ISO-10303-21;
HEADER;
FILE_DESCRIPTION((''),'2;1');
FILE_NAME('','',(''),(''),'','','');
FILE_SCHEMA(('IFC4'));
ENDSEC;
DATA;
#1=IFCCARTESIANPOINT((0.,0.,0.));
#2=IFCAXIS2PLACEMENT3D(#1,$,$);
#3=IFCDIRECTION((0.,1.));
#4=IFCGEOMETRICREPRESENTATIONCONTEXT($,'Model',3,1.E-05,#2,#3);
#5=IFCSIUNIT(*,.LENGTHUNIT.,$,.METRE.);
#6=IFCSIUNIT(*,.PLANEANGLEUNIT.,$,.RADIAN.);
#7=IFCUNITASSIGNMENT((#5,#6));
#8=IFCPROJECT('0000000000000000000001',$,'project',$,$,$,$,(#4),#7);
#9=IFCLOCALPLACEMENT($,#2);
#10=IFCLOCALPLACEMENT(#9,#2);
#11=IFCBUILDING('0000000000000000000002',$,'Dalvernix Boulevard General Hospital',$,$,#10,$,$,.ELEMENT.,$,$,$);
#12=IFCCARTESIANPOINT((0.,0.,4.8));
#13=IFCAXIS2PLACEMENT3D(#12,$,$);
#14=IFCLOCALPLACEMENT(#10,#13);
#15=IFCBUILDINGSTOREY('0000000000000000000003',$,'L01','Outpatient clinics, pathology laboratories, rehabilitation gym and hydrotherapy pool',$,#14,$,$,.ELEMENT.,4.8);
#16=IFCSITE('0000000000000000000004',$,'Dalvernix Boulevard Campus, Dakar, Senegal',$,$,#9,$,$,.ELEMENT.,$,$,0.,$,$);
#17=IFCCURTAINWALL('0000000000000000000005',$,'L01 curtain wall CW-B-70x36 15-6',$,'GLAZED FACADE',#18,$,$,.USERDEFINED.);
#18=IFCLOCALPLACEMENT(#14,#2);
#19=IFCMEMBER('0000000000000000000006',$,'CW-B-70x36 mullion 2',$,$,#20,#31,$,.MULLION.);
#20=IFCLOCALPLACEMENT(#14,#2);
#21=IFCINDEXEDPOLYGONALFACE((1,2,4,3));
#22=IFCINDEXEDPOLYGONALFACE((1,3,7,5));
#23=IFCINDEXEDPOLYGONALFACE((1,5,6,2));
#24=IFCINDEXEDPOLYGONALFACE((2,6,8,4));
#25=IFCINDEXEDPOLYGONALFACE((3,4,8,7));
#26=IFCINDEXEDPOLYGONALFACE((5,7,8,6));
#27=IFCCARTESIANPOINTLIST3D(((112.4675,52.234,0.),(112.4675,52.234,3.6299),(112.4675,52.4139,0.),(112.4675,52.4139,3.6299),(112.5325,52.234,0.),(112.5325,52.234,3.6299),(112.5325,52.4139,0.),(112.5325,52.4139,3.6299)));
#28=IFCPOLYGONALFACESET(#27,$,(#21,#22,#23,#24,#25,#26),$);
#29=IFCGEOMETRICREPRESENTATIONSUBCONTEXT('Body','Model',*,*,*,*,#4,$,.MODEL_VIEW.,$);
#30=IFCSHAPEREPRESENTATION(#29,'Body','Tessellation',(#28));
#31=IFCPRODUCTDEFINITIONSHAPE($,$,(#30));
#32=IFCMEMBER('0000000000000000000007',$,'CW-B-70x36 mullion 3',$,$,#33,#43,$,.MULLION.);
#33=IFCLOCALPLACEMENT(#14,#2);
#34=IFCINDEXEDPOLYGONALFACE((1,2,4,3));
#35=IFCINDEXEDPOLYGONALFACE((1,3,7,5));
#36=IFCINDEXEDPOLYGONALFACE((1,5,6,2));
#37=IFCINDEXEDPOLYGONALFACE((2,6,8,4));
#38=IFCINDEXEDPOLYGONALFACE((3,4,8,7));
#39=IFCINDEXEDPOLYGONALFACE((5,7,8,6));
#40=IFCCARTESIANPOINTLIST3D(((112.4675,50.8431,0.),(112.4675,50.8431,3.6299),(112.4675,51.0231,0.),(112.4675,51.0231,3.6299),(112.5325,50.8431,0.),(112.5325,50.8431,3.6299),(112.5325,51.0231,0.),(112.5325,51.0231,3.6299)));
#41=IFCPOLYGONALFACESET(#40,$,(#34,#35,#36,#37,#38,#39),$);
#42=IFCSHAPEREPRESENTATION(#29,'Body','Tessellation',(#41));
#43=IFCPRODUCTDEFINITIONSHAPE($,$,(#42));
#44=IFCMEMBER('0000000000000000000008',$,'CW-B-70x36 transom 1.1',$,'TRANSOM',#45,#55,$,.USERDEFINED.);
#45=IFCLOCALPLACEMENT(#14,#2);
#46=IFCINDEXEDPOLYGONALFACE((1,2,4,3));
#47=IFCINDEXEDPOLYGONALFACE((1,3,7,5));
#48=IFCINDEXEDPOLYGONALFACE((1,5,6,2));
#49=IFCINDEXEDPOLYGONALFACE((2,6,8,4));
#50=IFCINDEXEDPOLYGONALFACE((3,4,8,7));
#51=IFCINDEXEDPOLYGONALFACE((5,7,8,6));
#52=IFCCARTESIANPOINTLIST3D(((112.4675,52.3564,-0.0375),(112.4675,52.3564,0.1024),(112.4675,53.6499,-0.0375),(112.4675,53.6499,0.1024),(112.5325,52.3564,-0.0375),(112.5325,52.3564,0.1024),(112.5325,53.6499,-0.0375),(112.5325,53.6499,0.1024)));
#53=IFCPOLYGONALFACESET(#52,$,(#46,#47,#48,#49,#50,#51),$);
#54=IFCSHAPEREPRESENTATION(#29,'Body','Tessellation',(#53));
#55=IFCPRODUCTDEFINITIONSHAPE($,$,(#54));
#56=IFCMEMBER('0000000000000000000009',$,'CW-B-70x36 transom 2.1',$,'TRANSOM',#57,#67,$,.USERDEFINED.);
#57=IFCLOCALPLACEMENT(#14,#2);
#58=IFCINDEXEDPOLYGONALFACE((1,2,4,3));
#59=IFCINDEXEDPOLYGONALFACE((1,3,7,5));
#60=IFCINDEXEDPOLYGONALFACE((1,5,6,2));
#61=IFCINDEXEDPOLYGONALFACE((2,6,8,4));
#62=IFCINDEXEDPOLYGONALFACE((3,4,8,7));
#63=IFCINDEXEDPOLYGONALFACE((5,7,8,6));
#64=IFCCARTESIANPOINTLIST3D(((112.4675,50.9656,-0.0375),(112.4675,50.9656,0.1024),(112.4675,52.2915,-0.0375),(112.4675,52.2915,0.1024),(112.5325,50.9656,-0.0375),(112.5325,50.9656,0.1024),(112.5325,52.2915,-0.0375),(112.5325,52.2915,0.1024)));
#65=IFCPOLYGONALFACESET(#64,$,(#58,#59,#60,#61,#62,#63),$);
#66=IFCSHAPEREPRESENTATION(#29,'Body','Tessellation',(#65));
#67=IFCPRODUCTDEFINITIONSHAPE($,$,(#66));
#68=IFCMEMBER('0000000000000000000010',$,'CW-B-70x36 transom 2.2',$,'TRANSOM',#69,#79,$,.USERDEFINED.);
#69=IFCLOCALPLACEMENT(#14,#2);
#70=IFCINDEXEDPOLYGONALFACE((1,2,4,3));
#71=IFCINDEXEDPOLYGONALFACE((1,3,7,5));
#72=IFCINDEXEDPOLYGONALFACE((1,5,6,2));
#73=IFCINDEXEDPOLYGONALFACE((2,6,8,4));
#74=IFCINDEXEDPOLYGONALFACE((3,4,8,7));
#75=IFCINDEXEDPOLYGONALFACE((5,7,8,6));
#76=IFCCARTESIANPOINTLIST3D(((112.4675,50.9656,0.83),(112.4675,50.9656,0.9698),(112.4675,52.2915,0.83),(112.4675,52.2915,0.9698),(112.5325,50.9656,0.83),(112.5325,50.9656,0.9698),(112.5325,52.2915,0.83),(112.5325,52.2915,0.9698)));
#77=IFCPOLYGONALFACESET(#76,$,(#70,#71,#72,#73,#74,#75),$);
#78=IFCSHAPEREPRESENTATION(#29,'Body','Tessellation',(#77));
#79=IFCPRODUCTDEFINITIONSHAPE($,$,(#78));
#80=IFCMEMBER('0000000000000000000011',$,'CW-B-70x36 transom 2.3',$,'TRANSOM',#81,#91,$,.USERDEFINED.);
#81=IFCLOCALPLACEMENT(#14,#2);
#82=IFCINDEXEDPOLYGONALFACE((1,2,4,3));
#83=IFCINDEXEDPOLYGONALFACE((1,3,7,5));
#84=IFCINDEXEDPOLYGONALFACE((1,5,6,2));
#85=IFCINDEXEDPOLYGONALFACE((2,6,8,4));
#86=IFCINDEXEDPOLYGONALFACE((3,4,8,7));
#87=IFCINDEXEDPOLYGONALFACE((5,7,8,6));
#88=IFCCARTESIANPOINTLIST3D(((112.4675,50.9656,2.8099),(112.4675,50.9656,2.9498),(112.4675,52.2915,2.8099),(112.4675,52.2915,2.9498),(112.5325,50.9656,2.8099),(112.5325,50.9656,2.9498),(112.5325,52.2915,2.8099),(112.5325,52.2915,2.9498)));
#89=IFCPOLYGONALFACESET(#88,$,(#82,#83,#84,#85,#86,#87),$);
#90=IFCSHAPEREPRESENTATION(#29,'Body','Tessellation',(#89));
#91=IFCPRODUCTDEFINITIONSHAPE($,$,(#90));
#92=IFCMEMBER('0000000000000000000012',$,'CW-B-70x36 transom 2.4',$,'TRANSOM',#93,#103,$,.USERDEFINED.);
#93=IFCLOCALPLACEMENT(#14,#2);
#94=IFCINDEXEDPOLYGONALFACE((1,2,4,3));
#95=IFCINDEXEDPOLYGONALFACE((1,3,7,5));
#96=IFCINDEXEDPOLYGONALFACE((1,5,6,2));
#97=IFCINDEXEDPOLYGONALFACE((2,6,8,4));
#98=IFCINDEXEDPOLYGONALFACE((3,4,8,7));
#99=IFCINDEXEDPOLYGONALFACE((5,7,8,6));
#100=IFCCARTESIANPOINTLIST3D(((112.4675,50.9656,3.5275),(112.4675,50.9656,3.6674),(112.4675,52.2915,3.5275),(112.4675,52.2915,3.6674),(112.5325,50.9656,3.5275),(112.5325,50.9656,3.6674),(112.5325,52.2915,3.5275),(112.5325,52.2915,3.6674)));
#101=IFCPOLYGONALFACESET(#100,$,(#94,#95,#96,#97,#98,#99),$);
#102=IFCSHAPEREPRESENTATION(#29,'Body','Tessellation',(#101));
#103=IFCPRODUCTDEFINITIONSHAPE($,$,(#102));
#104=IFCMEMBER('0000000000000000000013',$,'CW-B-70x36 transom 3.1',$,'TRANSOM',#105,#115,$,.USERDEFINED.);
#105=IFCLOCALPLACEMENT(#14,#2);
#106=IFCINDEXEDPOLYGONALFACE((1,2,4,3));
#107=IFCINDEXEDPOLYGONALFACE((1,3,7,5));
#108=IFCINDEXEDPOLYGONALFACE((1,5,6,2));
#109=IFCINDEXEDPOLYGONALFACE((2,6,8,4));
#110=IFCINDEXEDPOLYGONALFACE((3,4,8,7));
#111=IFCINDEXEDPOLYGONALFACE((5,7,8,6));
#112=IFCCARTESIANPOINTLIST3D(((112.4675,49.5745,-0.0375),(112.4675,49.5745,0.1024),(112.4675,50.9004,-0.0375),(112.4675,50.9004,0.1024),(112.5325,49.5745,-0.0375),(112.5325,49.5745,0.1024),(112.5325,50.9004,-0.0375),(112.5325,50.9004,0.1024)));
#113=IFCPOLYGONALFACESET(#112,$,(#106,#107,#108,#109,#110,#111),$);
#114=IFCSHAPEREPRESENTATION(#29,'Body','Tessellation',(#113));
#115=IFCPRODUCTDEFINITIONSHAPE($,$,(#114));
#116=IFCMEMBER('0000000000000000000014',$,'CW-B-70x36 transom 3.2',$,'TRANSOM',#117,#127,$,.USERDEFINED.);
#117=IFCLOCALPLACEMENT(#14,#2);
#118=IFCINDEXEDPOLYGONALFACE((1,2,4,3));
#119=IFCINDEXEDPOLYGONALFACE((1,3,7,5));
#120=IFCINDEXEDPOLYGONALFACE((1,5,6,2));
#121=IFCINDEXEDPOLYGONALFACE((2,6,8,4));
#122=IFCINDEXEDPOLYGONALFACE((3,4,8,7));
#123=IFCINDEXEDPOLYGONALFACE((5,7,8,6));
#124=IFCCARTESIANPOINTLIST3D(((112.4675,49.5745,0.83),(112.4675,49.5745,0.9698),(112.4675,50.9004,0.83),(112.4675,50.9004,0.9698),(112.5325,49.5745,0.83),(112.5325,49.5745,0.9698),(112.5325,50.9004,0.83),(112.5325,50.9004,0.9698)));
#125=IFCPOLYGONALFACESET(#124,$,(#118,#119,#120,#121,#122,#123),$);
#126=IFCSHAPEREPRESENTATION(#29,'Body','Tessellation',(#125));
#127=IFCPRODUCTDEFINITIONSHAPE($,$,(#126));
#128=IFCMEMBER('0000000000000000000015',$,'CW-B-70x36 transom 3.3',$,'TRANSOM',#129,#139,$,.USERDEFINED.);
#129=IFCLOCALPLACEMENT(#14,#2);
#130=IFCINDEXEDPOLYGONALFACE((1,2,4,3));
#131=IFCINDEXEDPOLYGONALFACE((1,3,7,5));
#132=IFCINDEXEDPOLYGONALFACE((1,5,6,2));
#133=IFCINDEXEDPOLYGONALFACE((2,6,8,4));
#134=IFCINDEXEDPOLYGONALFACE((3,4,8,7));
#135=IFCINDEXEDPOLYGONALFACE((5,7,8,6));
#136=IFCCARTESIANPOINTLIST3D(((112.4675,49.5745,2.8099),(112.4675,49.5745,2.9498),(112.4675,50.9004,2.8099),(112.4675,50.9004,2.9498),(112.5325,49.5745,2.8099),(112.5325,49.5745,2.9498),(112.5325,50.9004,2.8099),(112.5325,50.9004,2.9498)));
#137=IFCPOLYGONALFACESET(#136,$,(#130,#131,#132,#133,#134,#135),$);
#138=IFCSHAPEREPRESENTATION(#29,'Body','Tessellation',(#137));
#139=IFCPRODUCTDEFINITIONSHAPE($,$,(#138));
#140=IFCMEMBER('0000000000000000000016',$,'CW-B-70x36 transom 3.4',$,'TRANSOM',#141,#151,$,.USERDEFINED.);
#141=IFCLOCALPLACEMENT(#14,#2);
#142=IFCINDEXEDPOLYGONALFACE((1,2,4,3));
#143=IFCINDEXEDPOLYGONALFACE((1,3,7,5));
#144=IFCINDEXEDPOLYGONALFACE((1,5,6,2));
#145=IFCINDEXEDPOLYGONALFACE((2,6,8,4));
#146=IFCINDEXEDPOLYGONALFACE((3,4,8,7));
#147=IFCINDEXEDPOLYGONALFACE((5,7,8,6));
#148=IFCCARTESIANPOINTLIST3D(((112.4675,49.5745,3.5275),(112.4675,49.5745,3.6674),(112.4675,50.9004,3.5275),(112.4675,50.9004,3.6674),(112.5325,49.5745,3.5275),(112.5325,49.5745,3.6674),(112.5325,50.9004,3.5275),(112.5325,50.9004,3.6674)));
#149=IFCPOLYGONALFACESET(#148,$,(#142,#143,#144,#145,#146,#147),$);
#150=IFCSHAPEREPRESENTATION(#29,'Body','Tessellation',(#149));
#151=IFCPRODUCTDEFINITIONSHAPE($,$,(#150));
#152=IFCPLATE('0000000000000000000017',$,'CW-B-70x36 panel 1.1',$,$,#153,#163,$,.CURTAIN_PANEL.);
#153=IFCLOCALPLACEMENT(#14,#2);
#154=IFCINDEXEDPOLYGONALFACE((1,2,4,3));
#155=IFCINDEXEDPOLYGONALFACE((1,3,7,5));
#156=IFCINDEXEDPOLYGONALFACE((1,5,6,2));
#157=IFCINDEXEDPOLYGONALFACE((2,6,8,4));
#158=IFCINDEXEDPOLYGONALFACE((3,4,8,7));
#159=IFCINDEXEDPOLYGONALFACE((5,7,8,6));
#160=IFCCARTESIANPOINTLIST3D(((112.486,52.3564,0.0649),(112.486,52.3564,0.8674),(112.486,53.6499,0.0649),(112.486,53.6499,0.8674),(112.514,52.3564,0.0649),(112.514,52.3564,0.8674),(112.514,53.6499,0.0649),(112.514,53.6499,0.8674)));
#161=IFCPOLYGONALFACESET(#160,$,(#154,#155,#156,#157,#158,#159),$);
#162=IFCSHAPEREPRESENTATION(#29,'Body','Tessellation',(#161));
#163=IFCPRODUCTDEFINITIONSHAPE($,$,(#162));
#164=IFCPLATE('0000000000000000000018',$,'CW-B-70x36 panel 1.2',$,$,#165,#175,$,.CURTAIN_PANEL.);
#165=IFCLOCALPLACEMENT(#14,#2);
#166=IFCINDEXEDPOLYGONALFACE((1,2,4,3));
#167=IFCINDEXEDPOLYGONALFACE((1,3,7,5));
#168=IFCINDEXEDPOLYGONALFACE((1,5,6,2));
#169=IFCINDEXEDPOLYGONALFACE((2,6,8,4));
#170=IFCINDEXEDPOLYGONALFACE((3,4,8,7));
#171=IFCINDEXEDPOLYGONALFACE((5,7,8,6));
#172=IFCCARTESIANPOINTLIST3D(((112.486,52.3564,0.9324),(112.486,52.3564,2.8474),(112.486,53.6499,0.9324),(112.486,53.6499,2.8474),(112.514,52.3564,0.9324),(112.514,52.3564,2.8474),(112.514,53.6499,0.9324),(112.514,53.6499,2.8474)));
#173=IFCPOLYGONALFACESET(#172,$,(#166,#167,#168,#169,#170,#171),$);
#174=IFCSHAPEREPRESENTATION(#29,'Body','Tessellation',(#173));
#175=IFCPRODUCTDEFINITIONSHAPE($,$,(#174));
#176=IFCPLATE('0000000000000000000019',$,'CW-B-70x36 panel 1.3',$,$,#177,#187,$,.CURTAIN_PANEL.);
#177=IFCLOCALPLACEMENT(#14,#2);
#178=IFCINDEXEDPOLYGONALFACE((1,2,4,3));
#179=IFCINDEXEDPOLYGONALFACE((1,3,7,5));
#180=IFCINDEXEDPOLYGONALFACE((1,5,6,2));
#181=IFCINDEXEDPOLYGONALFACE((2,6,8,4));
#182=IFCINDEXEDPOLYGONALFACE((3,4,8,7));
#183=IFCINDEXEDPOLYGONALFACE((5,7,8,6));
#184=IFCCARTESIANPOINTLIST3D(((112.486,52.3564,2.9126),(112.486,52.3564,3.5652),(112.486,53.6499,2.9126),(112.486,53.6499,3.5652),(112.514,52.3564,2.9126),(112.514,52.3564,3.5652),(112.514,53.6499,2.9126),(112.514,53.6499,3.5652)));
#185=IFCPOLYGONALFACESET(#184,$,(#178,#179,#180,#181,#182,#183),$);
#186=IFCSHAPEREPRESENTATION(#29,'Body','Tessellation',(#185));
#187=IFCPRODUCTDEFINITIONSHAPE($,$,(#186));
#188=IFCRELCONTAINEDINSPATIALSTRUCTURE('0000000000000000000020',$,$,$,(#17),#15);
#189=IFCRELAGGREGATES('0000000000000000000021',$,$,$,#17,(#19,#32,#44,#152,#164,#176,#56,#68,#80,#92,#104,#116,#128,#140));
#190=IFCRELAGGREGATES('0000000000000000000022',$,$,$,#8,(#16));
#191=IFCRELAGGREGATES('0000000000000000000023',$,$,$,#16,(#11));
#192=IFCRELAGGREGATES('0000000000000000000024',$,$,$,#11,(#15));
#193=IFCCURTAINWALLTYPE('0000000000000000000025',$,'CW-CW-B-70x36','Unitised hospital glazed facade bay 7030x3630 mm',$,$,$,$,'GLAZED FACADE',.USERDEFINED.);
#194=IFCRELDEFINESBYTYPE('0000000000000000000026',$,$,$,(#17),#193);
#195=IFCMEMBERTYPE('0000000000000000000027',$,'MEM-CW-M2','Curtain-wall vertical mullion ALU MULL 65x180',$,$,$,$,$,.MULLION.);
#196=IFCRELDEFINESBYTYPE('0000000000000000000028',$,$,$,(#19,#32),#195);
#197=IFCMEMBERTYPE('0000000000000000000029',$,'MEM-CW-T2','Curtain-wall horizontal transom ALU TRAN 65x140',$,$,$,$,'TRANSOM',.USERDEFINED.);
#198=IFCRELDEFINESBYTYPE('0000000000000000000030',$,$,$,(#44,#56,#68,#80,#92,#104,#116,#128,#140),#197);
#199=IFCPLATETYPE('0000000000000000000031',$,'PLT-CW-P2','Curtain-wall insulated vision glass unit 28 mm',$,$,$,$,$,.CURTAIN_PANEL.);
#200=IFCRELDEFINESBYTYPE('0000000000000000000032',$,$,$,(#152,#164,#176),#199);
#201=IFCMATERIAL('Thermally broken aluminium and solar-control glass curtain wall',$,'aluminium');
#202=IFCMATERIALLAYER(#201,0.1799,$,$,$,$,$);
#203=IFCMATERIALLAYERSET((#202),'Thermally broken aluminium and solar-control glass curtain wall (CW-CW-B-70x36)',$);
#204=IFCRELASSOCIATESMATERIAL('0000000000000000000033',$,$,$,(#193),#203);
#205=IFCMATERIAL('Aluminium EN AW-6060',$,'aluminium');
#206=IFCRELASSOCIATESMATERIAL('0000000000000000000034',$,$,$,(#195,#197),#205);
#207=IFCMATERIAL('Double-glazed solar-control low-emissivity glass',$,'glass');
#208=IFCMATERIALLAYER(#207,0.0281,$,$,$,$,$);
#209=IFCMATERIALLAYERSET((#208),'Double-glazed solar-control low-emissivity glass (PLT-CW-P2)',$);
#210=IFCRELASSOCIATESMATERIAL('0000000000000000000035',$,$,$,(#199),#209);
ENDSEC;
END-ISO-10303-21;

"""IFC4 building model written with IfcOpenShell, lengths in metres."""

from ifc_helpers import new_model, si_unit, direction, frame, origin, origin_2d, place, context, subcontext, project, spatial, rectangle, extrude, material, layer, layer_set, material_profile, profile_set, type_object, element, aggregate, save


model = new_model("IFC4")

# Units and contexts
model_context = context("Model", 3, precision=1e-05, world=origin(), true_north=direction((0.0, 1.0)))
body_context = subcontext(model_context, "Body", "Model", "MODEL_VIEW")
ifc_project = project(units=[si_unit("LENGTHUNIT", "METRE"), si_unit("PLANEANGLEUNIT", "RADIAN")], contexts=[model_context])

# Site, building, storey
site_placement = place(None, origin())
site = spatial("IfcSite", under=ifc_project, at=site_placement, Name="Dalvernix Boulevard Campus, Dakar, Senegal", CompositionType="ELEMENT", RefElevation=0.0)
building_placement = place(site_placement, origin())
building = spatial("IfcBuilding", under=site, at=building_placement, Name="Dalvernix Boulevard General Hospital", CompositionType="ELEMENT")
storey_placement = place(building_placement, frame((0.0, 0.0, 4.8)))
storey = spatial("IfcBuildingStorey", under=building, at=storey_placement, Name="L01", Description="Outpatient clinics, pathology laboratories, rehabilitation gym and hydrotherapy pool", CompositionType="ELEMENT", Elevation=4.8)

# Curtain wall, members, plates
ifc_material_1 = material(Name="Thermally broken aluminium and solar-control glass curtain wall", Category="aluminium")
ifc_layer_1 = layer(ifc_material_1, 0.1799)
ifc_layer_set_1 = layer_set([ifc_layer_1], Name="Thermally broken aluminium and solar-control glass curtain wall (CW-CW-B-70x36)")
curtain_wall_type = type_object("IfcCurtainWallType", Name="CW-CW-B-70x36", Description="Unitised hospital glazed facade bay 7030x3630 mm", ElementType="GLAZED FACADE", PredefinedType="USERDEFINED", material=ifc_layer_set_1)
curtain_wall_placement = place(storey_placement, origin())
curtain_wall = element("IfcCurtainWall", 1, at=curtain_wall_placement, inside=storey, type_object=curtain_wall_type, Name="L01 curtain wall CW-B-70x36 15-6", ObjectType="GLAZED FACADE", PredefinedType="USERDEFINED")
ifc_material_2 = material(Name="Aluminium EN AW-6060", Category="aluminium")
ifc_material_profile_1 = material_profile(ifc_material_2, rectangle(XDim=0.0649, YDim=0.1799, at=origin_2d()), Name="ALU MULL 65x180")
ifc_profile_set_1 = profile_set([ifc_material_profile_1], Name="Aluminium EN AW-6060")
member_type_1 = type_object("IfcMemberType", Name="MEM-CW-M2", Description="Curtain-wall vertical mullion ALU MULL 65x180", PredefinedType="MULLION", material=ifc_profile_set_1)
member_1_placement = place(storey_placement, frame((112.5, 52.324, 0.0), z_axis=(0.0, 0.0, 1.0), x_axis=(1.0, 0.0, 0.0)))
member_1 = element("IfcMember", 2, at=member_1_placement, type_object=member_type_1, Name="CW-B-70x36 mullion 2", PredefinedType="MULLION", context=body_context, shape_type="SweptSolid", body=[
    extrude(rectangle(XDim=0.0649, YDim=0.1799, at=origin_2d()), origin(), (0.0, 0.0, 1.0), 3.6299),
])
member_2_placement = place(storey_placement, frame((112.5, 50.9331, 0.0), z_axis=(0.0, 0.0, 1.0), x_axis=(1.0, 0.0, 0.0)))
member_2 = element("IfcMember", 3, at=member_2_placement, type_object=member_type_1, Name="CW-B-70x36 mullion 3", PredefinedType="MULLION", context=body_context, shape_type="SweptSolid", body=[
    extrude(rectangle(XDim=0.0649, YDim=0.1799, at=origin_2d()), origin(), (0.0, 0.0, 1.0), 3.6299),
])
ifc_material_profile_2 = material_profile(ifc_material_2, rectangle(XDim=0.0649, YDim=0.1399, at=origin_2d()), Name="ALU TRAN 65x140")
ifc_profile_set_2 = profile_set([ifc_material_profile_2], Name="Aluminium EN AW-6060")
member_type_2 = type_object("IfcMemberType", Name="MEM-CW-T2", Description="Curtain-wall horizontal transom ALU TRAN 65x140", ElementType="TRANSOM", PredefinedType="USERDEFINED", material=ifc_profile_set_2)
member_3_placement = place(storey_placement, frame((112.5, 53.6499, 0.0325), z_axis=(0.0, -1.0, 0.0), x_axis=(1.0, 0.0, 0.0)))
member_3 = element("IfcMember", 4, at=member_3_placement, type_object=member_type_2, Name="CW-B-70x36 transom 1.1", ObjectType="TRANSOM", PredefinedType="USERDEFINED", context=body_context, shape_type="SweptSolid", body=[
    extrude(rectangle(XDim=0.0649, YDim=0.1399, at=origin_2d()), origin(), (0.0, 0.0, 1.0), 1.2935),
])
member_4_placement = place(storey_placement, frame((112.5, 52.2915, 0.0325), z_axis=(0.0, -1.0, 0.0), x_axis=(1.0, 0.0, 0.0)))
member_4 = element("IfcMember", 5, at=member_4_placement, type_object=member_type_2, Name="CW-B-70x36 transom 2.1", ObjectType="TRANSOM", PredefinedType="USERDEFINED", context=body_context, shape_type="SweptSolid", body=[
    extrude(rectangle(XDim=0.0649, YDim=0.1399, at=origin_2d()), origin(), (0.0, 0.0, 1.0), 1.3259),
])
member_5_placement = place(storey_placement, frame((112.5, 52.2915, 0.8999), z_axis=(0.0, -1.0, 0.0), x_axis=(1.0, 0.0, 0.0)))
member_5 = element("IfcMember", 6, at=member_5_placement, type_object=member_type_2, Name="CW-B-70x36 transom 2.2", ObjectType="TRANSOM", PredefinedType="USERDEFINED", context=body_context, shape_type="SweptSolid", body=[
    extrude(rectangle(XDim=0.0649, YDim=0.1399, at=origin_2d()), origin(), (0.0, 0.0, 1.0), 1.3259),
])
member_6_placement = place(storey_placement, frame((112.5, 52.2915, 2.8799), z_axis=(0.0, -1.0, 0.0), x_axis=(1.0, 0.0, 0.0)))
member_6 = element("IfcMember", 7, at=member_6_placement, type_object=member_type_2, Name="CW-B-70x36 transom 2.3", ObjectType="TRANSOM", PredefinedType="USERDEFINED", context=body_context, shape_type="SweptSolid", body=[
    extrude(rectangle(XDim=0.0649, YDim=0.1399, at=origin_2d()), origin(), (0.0, 0.0, 1.0), 1.3259),
])
member_7_placement = place(storey_placement, frame((112.5, 52.2915, 3.5974), z_axis=(0.0, -1.0, 0.0), x_axis=(1.0, 0.0, 0.0)))
member_7 = element("IfcMember", 8, at=member_7_placement, type_object=member_type_2, Name="CW-B-70x36 transom 2.4", ObjectType="TRANSOM", PredefinedType="USERDEFINED", context=body_context, shape_type="SweptSolid", body=[
    extrude(rectangle(XDim=0.0649, YDim=0.1399, at=origin_2d()), origin(), (0.0, 0.0, 1.0), 1.3259),
])
member_8_placement = place(storey_placement, frame((112.5, 50.9004, 0.0325), z_axis=(0.0, -1.0, 0.0), x_axis=(1.0, 0.0, 0.0)))
member_8 = element("IfcMember", 9, at=member_8_placement, type_object=member_type_2, Name="CW-B-70x36 transom 3.1", ObjectType="TRANSOM", PredefinedType="USERDEFINED", context=body_context, shape_type="SweptSolid", body=[
    extrude(rectangle(XDim=0.0649, YDim=0.1399, at=origin_2d()), origin(), (0.0, 0.0, 1.0), 1.3259),
])
member_9_placement = place(storey_placement, frame((112.5, 50.9004, 0.8999), z_axis=(0.0, -1.0, 0.0), x_axis=(1.0, 0.0, 0.0)))
member_9 = element("IfcMember", 10, at=member_9_placement, type_object=member_type_2, Name="CW-B-70x36 transom 3.2", ObjectType="TRANSOM", PredefinedType="USERDEFINED", context=body_context, shape_type="SweptSolid", body=[
    extrude(rectangle(XDim=0.0649, YDim=0.1399, at=origin_2d()), origin(), (0.0, 0.0, 1.0), 1.3259),
])
member_10_placement = place(storey_placement, frame((112.5, 50.9004, 2.8799), z_axis=(0.0, -1.0, 0.0), x_axis=(1.0, 0.0, 0.0)))
member_10 = element("IfcMember", 11, at=member_10_placement, type_object=member_type_2, Name="CW-B-70x36 transom 3.3", ObjectType="TRANSOM", PredefinedType="USERDEFINED", context=body_context, shape_type="SweptSolid", body=[
    extrude(rectangle(XDim=0.0649, YDim=0.1399, at=origin_2d()), origin(), (0.0, 0.0, 1.0), 1.3259),
])
member_11_placement = place(storey_placement, frame((112.5, 50.9004, 3.5974), z_axis=(0.0, -1.0, 0.0), x_axis=(1.0, 0.0, 0.0)))
member_11 = element("IfcMember", 12, at=member_11_placement, type_object=member_type_2, Name="CW-B-70x36 transom 3.4", ObjectType="TRANSOM", PredefinedType="USERDEFINED", context=body_context, shape_type="SweptSolid", body=[
    extrude(rectangle(XDim=0.0649, YDim=0.1399, at=origin_2d()), origin(), (0.0, 0.0, 1.0), 1.3259),
])
ifc_material_3 = material(Name="Double-glazed solar-control low-emissivity glass", Category="glass")
ifc_layer_2 = layer(ifc_material_3, 0.0281)
ifc_layer_set_2 = layer_set([ifc_layer_2], Name="Double-glazed solar-control low-emissivity glass (PLT-CW-P2)")
plate_type = type_object("IfcPlateType", Name="PLT-CW-P2", Description="Curtain-wall insulated vision glass unit 28 mm", PredefinedType="CURTAIN_PANEL", material=ifc_layer_set_2)
plate_1_placement = place(storey_placement, frame((112.5, 53.0032, 0.0649), z_axis=(0.0, 0.0, 1.0), x_axis=(0.0, -1.0, 0.0)))
plate_1 = element("IfcPlate", 13, at=plate_1_placement, type_object=plate_type, Name="CW-B-70x36 panel 1.1", PredefinedType="CURTAIN_PANEL", context=body_context, shape_type="SweptSolid", body=[
    extrude(rectangle(XDim=1.2935, YDim=0.0281, at=origin_2d()), origin(), (0.0, 0.0, 1.0), 0.8025),
])
plate_2_placement = place(storey_placement, frame((112.5, 53.0032, 0.9324), z_axis=(0.0, 0.0, 1.0), x_axis=(0.0, -1.0, 0.0)))
plate_2 = element("IfcPlate", 14, at=plate_2_placement, type_object=plate_type, Name="CW-B-70x36 panel 1.2", PredefinedType="CURTAIN_PANEL", context=body_context, shape_type="SweptSolid", body=[
    extrude(rectangle(XDim=1.2935, YDim=0.0281, at=origin_2d()), origin(), (0.0, 0.0, 1.0), 1.915),
])
plate_3_placement = place(storey_placement, frame((112.5, 53.0032, 2.9126), z_axis=(0.0, 0.0, 1.0), x_axis=(0.0, -1.0, 0.0)))
plate_3 = element("IfcPlate", 15, at=plate_3_placement, type_object=plate_type, Name="CW-B-70x36 panel 1.3", PredefinedType="CURTAIN_PANEL", context=body_context, shape_type="SweptSolid", body=[
    extrude(rectangle(XDim=1.2935, YDim=0.0281, at=origin_2d()), origin(), (0.0, 0.0, 1.0), 0.6526),
])
aggregate(curtain_wall, [member_1, member_2, member_3, plate_1, plate_2, plate_3, member_4, member_5, member_6, member_7, member_8, member_9, member_10, member_11])

save(model, "model.ifc")
